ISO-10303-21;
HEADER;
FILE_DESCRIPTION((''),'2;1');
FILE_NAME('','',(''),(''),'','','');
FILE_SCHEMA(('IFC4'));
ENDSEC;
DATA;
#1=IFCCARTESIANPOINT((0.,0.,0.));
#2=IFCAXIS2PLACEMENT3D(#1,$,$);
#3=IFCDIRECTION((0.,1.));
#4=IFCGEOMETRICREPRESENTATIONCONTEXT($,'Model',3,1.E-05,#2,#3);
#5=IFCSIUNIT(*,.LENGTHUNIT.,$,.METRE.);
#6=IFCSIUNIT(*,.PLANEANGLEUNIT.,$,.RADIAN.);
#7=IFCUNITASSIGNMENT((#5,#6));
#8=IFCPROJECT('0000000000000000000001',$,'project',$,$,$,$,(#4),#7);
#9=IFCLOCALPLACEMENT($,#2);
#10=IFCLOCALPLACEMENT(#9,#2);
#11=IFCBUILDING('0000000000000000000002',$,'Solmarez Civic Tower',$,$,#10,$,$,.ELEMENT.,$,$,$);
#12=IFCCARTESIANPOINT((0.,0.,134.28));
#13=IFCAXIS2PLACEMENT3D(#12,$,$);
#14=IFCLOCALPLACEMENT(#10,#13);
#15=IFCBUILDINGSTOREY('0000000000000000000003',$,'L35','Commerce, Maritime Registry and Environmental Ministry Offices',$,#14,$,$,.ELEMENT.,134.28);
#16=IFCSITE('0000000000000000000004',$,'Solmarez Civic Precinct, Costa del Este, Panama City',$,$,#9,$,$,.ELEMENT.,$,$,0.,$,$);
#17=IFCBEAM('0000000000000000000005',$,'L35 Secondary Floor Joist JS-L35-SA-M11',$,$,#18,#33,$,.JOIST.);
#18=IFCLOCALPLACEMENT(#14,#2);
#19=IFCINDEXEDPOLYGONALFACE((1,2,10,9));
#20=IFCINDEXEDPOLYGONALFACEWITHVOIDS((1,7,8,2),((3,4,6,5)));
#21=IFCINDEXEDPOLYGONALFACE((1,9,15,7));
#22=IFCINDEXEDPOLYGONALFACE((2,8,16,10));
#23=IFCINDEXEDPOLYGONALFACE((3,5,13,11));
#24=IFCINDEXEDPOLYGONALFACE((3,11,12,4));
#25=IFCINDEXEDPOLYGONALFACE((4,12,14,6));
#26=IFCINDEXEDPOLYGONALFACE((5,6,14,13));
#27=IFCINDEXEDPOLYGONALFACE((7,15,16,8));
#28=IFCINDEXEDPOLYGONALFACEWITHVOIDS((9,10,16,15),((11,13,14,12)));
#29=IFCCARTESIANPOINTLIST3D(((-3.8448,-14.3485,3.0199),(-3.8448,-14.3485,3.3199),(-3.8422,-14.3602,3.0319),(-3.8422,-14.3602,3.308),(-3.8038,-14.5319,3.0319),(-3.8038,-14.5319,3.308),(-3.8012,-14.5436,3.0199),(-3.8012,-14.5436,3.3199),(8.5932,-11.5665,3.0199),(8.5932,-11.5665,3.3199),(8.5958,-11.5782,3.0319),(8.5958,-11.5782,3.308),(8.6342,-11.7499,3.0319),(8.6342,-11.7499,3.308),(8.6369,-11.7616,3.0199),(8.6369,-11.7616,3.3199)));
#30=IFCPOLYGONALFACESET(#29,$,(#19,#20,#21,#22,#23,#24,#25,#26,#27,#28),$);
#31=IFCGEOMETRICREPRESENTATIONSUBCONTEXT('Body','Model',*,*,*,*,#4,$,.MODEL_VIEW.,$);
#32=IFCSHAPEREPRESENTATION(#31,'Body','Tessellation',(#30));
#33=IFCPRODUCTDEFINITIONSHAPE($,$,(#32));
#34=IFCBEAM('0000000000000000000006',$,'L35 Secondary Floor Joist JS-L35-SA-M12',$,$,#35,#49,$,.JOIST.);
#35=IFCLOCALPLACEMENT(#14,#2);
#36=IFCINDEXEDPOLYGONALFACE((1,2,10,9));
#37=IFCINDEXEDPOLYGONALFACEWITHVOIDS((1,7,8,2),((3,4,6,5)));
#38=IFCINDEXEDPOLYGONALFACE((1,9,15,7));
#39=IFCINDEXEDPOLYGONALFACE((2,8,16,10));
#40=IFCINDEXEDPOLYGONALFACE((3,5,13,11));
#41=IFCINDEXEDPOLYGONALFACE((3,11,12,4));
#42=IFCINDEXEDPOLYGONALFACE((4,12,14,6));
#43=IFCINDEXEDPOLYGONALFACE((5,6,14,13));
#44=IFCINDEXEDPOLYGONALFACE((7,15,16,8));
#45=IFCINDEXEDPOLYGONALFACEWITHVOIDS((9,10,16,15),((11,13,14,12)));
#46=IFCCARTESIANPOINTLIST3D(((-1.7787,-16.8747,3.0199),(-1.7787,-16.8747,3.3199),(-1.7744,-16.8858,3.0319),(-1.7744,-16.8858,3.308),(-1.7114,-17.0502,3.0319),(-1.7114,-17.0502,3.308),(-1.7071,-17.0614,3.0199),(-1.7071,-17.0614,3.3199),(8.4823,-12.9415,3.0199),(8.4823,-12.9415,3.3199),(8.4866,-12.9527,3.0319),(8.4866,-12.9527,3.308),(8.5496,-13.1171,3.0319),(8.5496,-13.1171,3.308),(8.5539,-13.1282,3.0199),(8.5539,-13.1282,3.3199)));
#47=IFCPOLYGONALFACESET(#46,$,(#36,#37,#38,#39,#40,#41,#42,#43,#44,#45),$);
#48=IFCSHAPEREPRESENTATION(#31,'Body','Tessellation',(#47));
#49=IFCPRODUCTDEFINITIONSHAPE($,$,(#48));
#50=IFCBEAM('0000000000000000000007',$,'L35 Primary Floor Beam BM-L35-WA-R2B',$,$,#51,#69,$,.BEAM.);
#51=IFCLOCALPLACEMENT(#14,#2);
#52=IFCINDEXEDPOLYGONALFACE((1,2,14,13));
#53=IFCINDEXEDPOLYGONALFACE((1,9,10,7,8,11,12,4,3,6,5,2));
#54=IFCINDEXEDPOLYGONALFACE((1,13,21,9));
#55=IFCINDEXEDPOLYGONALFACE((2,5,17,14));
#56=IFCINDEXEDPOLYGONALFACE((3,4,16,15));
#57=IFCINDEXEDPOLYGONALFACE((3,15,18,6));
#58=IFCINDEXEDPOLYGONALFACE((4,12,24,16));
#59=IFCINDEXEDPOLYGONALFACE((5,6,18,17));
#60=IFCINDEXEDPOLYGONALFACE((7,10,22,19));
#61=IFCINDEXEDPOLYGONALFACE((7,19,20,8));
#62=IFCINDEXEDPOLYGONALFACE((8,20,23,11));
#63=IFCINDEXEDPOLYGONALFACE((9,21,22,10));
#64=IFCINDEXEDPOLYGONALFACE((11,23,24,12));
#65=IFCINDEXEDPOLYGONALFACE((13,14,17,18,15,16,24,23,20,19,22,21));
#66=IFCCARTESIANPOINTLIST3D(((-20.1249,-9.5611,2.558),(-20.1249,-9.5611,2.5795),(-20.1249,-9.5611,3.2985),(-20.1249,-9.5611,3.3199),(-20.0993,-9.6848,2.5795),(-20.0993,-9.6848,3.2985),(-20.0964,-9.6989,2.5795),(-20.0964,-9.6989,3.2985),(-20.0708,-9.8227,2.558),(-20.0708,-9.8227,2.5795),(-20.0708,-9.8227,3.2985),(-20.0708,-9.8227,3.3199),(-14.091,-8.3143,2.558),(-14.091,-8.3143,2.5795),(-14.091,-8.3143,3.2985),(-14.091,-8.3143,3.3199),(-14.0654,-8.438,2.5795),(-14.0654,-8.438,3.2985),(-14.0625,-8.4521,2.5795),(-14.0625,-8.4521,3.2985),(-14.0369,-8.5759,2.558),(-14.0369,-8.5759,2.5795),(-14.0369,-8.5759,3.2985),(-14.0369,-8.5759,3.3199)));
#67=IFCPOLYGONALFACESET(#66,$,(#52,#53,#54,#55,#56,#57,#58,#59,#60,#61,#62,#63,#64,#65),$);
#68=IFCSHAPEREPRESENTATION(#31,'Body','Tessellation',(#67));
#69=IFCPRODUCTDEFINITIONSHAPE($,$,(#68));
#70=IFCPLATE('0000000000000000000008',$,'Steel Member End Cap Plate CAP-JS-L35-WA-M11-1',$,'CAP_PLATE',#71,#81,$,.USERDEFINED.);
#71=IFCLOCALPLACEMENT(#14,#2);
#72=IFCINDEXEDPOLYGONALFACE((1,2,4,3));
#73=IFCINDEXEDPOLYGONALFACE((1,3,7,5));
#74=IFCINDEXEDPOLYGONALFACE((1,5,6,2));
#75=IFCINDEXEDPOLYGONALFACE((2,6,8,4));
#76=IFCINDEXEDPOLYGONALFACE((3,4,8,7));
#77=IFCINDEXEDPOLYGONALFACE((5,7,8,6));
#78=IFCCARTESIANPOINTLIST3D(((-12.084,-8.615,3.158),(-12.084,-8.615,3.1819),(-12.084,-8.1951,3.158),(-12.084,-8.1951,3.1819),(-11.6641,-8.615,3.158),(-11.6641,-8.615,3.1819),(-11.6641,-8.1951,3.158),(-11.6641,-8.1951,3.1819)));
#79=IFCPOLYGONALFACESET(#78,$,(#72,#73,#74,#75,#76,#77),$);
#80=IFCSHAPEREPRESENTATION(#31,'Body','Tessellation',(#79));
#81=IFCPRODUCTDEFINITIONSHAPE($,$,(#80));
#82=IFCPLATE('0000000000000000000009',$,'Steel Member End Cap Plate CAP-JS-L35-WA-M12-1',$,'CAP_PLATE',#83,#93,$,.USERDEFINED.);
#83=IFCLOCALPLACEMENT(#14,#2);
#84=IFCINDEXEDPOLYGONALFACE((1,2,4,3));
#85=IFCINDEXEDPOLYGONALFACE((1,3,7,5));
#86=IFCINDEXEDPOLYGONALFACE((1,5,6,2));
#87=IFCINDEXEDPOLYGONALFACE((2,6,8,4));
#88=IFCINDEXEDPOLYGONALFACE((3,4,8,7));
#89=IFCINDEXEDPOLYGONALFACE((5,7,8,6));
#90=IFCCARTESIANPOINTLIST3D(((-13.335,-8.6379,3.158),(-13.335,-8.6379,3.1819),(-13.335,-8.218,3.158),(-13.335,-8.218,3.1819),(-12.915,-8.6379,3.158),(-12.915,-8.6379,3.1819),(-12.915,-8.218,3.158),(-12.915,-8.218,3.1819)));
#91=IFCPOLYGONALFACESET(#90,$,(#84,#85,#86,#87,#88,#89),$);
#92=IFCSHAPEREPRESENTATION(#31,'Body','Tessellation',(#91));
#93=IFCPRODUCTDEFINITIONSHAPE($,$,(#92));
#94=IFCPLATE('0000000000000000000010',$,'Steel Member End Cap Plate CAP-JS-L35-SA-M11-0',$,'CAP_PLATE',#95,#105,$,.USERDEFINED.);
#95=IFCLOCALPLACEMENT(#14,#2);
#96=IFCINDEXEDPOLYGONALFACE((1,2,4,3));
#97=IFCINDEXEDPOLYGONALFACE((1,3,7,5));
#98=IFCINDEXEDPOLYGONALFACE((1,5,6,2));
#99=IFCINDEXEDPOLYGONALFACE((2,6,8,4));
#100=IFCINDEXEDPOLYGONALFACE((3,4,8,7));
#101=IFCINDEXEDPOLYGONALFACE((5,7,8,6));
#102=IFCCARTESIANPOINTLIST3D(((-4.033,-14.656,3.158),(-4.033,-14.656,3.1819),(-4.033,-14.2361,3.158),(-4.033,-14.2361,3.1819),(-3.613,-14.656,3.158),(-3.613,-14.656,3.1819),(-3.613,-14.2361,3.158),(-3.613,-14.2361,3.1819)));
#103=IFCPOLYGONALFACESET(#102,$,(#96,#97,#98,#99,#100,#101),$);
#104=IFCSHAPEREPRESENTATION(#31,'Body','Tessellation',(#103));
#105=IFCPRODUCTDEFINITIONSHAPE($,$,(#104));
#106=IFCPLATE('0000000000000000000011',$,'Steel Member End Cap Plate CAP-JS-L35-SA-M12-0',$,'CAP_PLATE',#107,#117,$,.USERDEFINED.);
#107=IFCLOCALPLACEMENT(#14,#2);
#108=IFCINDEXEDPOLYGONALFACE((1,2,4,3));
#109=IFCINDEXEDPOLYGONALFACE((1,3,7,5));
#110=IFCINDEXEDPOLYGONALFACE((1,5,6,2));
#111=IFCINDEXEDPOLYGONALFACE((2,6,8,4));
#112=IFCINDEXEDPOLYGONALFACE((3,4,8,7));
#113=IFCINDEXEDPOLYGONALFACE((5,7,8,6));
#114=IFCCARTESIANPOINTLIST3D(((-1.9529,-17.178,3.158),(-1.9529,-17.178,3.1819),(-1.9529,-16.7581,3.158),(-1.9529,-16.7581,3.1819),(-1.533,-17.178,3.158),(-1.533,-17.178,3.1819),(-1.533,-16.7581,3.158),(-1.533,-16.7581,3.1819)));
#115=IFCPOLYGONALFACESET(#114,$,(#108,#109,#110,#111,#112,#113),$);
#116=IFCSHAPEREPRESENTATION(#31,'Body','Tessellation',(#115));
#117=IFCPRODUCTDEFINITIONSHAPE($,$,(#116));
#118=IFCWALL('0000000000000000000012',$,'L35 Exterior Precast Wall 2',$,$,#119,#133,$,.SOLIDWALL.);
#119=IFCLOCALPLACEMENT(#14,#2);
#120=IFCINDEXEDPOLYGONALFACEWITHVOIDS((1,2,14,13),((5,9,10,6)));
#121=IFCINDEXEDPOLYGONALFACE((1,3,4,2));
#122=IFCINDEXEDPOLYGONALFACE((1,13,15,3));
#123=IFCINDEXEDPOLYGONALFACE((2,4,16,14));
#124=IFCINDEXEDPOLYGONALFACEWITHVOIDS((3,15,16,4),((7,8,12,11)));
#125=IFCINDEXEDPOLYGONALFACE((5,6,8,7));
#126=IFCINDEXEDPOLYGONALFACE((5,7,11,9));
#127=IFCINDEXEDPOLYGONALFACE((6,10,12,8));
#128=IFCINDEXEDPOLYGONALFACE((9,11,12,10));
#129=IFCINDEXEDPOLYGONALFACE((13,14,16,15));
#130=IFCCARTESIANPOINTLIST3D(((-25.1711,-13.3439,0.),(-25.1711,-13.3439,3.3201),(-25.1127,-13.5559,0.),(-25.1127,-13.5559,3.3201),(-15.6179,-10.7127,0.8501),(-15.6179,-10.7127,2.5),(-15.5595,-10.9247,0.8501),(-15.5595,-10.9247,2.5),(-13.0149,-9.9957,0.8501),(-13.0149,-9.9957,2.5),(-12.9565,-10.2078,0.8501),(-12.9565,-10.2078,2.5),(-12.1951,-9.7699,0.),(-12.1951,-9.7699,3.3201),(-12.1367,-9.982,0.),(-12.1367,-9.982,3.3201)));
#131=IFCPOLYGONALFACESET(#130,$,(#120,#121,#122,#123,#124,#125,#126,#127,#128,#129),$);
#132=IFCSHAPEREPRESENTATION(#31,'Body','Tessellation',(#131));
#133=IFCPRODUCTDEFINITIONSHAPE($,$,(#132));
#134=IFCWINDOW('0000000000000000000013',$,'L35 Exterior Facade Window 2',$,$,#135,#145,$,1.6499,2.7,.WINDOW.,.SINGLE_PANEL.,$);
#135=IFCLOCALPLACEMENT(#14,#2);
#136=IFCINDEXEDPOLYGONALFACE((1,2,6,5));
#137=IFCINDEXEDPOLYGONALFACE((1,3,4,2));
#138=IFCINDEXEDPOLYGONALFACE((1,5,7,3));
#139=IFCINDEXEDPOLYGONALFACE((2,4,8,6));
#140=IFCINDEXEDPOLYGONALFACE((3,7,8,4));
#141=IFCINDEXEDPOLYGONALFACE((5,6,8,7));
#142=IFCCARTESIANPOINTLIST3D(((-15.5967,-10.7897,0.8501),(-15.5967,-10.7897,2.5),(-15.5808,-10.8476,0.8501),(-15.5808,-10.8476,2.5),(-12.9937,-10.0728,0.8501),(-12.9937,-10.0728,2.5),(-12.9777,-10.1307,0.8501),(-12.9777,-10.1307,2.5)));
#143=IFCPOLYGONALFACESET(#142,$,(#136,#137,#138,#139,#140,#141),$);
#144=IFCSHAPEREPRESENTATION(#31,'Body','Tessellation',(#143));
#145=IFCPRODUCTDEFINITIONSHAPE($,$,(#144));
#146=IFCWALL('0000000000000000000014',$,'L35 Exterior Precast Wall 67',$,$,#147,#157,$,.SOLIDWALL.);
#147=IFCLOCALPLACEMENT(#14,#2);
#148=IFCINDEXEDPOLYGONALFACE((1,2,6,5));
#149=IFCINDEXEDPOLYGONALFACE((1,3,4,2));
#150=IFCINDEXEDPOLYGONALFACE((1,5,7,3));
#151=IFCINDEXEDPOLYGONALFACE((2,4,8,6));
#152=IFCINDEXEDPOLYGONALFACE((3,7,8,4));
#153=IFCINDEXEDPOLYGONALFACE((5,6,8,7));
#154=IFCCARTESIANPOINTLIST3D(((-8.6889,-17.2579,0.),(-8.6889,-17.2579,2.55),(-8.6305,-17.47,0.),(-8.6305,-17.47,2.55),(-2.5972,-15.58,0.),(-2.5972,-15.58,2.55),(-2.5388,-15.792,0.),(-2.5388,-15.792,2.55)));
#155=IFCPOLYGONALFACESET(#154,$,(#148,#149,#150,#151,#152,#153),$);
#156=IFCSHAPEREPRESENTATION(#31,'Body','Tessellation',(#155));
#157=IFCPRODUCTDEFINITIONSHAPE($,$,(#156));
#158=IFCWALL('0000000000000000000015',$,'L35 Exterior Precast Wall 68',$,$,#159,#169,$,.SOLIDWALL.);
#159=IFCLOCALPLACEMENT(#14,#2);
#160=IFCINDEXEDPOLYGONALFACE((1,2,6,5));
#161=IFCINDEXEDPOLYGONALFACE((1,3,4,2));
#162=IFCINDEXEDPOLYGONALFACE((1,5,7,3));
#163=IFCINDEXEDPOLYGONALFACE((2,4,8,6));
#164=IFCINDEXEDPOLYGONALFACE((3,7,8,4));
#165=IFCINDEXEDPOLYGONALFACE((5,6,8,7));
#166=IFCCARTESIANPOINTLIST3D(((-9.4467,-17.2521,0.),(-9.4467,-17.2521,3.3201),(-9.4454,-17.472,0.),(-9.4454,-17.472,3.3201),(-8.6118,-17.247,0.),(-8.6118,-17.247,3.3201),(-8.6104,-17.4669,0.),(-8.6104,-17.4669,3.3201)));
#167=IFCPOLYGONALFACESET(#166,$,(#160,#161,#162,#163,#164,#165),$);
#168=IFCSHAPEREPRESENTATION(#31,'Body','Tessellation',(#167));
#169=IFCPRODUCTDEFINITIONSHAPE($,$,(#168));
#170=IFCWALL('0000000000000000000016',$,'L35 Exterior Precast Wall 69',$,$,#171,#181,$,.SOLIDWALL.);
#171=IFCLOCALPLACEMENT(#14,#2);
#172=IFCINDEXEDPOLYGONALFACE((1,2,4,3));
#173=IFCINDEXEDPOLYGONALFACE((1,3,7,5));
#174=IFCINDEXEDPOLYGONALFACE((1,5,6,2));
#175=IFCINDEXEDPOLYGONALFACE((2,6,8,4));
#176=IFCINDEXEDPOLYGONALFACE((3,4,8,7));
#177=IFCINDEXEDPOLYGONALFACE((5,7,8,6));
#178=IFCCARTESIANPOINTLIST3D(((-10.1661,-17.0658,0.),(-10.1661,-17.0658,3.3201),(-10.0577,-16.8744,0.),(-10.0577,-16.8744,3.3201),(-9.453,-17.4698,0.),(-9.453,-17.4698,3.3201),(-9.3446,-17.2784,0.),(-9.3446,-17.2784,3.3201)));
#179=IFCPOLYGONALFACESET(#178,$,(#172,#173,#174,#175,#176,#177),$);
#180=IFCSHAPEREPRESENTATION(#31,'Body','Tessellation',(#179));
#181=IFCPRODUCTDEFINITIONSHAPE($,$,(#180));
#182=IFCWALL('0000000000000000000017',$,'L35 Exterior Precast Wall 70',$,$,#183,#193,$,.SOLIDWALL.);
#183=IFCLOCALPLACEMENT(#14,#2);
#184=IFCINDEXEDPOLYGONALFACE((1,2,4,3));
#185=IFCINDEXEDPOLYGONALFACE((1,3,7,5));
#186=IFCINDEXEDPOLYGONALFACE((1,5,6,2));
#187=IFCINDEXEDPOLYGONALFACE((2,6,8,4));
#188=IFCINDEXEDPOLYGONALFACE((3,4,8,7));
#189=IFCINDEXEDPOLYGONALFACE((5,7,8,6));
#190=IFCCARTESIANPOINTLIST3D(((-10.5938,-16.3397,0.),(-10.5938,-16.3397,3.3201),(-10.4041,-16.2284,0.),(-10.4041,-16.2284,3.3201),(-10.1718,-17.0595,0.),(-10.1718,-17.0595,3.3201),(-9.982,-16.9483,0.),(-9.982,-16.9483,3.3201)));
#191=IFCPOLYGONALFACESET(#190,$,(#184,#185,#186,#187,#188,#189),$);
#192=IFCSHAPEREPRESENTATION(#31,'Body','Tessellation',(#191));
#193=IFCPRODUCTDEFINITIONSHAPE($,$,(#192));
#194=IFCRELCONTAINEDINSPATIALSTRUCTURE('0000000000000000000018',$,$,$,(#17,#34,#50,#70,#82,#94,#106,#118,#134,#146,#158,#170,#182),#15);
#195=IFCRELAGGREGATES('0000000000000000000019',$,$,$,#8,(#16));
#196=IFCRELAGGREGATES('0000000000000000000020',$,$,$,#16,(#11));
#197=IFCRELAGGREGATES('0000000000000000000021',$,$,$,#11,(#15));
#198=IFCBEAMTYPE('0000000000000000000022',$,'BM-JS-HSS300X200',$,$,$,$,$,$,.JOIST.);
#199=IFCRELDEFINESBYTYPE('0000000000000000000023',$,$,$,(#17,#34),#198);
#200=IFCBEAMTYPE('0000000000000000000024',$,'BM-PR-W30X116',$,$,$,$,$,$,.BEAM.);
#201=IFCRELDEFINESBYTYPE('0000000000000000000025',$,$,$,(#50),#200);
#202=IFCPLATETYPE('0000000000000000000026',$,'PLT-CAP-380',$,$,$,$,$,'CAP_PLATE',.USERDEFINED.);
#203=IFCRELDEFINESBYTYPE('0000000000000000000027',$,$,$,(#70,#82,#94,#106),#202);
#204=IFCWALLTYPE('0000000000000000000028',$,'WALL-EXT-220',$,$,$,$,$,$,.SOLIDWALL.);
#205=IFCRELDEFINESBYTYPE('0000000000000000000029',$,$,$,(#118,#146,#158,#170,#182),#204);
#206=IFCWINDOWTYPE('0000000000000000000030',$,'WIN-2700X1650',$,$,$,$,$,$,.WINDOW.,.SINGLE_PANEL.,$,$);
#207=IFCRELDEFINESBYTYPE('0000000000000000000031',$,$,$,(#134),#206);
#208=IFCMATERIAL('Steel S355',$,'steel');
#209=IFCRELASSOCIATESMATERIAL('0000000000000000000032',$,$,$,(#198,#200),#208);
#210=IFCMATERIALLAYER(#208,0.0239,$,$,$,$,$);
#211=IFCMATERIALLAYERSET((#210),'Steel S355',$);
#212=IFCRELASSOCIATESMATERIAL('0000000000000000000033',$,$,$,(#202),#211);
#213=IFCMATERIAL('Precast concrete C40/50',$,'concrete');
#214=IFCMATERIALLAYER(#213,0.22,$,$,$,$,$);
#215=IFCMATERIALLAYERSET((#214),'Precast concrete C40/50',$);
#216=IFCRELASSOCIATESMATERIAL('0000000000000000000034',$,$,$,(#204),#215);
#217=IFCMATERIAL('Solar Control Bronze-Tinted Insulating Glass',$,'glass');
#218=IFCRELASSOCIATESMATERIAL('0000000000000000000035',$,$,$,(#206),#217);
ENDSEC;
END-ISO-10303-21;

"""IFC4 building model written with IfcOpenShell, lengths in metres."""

from ifc_helpers import new_model, si_unit, direction, frame, frame_2d, origin, origin_2d, place, context, subcontext, project, spatial, rectangle, hollow_rectangle, i_section, extrude, material, layer, layer_set, material_profile, profile_set, type_object, element, fill, save


model = new_model("IFC4")

# Units and contexts
model_context = context("Model", 3, precision=1e-05, world=origin(), true_north=direction((0.0, 1.0)))
body_context = subcontext(model_context, "Body", "Model", "MODEL_VIEW")
ifc_project = project(units=[si_unit("LENGTHUNIT", "METRE"), si_unit("PLANEANGLEUNIT", "RADIAN")], contexts=[model_context])

# Site, building, storey
site_placement = place(None, origin())
site = spatial("IfcSite", under=ifc_project, at=site_placement, Name="Solmarez Civic Precinct, Costa del Este, Panama City", CompositionType="ELEMENT", RefElevation=0.0)
building_placement = place(site_placement, origin())
building = spatial("IfcBuilding", under=site, at=building_placement, Name="Solmarez Civic Tower", CompositionType="ELEMENT")
storey_placement = place(building_placement, frame((0.0, 0.0, 134.28)))
storey = spatial("IfcBuildingStorey", under=building, at=storey_placement, Name="L35", Description="Commerce, Maritime Registry and Environmental Ministry Offices", CompositionType="ELEMENT", Elevation=134.28)

# Beams
ifc_material_1 = material(Name="Steel S355", Category="steel")
ifc_material_profile_1 = material_profile(ifc_material_1, hollow_rectangle(XDim=0.2, YDim=0.3, WallThickness=0.012, at=origin_2d()), Name="HSS300X200X12")
ifc_profile_set_1 = profile_set([ifc_material_profile_1], Name="Steel S355")
beam_type_1 = type_object("IfcBeamType", Name="BM-JS-HSS300X200", PredefinedType="JOIST", material=ifc_profile_set_1)
beam_1_placement = place(storey_placement, frame((-3.823, -14.446, 3.1699), z_axis=(0.975887, 0.218275, 0.0), x_axis=(-0.218275, 0.975887, 0.0)))
element("IfcBeam", 1, at=beam_1_placement, inside=storey, type_object=beam_type_1, Name="L35 Secondary Floor Joist JS-L35-SA-M11", PredefinedType="JOIST", context=body_context, shape_type="SweptSolid", body=[
    extrude(hollow_rectangle(XDim=0.2, YDim=0.3, WallThickness=0.012, at=origin_2d()), origin(), (0.0, 0.0, 1.0), 12.7454),
])
beam_2_placement = place(storey_placement, frame((-1.7429, -16.968, 3.1699), z_axis=(0.933754, 0.357914, 0.0), x_axis=(-0.357914, 0.933754, 0.0)))
element("IfcBeam", 2, at=beam_2_placement, inside=storey, type_object=beam_type_1, Name="L35 Secondary Floor Joist JS-L35-SA-M12", PredefinedType="JOIST", context=body_context, shape_type="SweptSolid", body=[
    extrude(hollow_rectangle(XDim=0.2, YDim=0.3, WallThickness=0.012, at=origin_2d()), origin(), (0.0, 0.0, 1.0), 10.989),
])
ifc_material_profile_2 = material_profile(ifc_material_1, i_section(OverallWidth=0.2671, OverallDepth=0.762, WebThickness=0.0144, FlangeThickness=0.0215, at=origin_2d()), Name="W30X116")
ifc_profile_set_2 = profile_set([ifc_material_profile_2], Name="Steel S355")
beam_type_2 = type_object("IfcBeamType", Name="BM-PR-W30X116", PredefinedType="BEAM", material=ifc_profile_set_2)
beam_3_placement = place(storey_placement, frame((-14.064, -8.4451, 2.939), z_axis=(-0.979311, -0.202361, 0.0), x_axis=(0.202361, -0.979311, 0.0)))
element("IfcBeam", 3, at=beam_3_placement, inside=storey, type_object=beam_type_2, Name="L35 Primary Floor Beam BM-L35-WA-R2B", PredefinedType="BEAM", context=body_context, shape_type="SweptSolid", body=[
    extrude(i_section(OverallWidth=0.2671, OverallDepth=0.762, WebThickness=0.0144, FlangeThickness=0.0215, at=origin_2d()), origin(), (0.0, 0.0, 1.0), 6.1614),
])

# Plates
ifc_layer_1 = layer(ifc_material_1, 0.0239)
ifc_layer_set_1 = layer_set([ifc_layer_1], Name="Steel S355")
plate_type = type_object("IfcPlateType", Name="PLT-CAP-380", ElementType="CAP_PLATE", PredefinedType="USERDEFINED", material=ifc_layer_set_1)
for number, where, z_axis, x_axis, name in (
    (4, (-11.874, -8.405, 3.158), (0.0, 0.0, 1.0), (1.0, 0.0, 0.0), "Steel Member End Cap Plate CAP-JS-L35-WA-M11-1"),
    (5, (-13.125, -8.428, 3.158), (0.0, 0.0, 1.0), (1.0, 0.0, 0.0), "Steel Member End Cap Plate CAP-JS-L35-WA-M12-1"),
    (6, (-3.823, -14.446, 3.158), (0.0, 0.0, 1.0), (1.0, 0.0, 0.0), "Steel Member End Cap Plate CAP-JS-L35-SA-M11-0"),
    (7, (-1.7429, -16.968, 3.158), (0.0, 0.0, 1.0), (1.0, 0.0, 0.0), "Steel Member End Cap Plate CAP-JS-L35-SA-M12-0"),
):
    element("IfcPlate", number, at=place(storey_placement, frame(where, z_axis=z_axis, x_axis=x_axis)), inside=storey, type_object=plate_type, Name=name, ObjectType="CAP_PLATE", PredefinedType="USERDEFINED", context=body_context, shape_type="SweptSolid", body=[
        extrude(rectangle(XDim=0.4199, YDim=0.4199, at=origin_2d()), origin(), (0.0, 0.0, 1.0), 0.0239),
    ])

# Wall, opening, window
ifc_material_2 = material(Name="Precast concrete C40/50", Category="concrete")
ifc_layer_2 = layer(ifc_material_2, 0.22)
ifc_layer_set_2 = layer_set([ifc_layer_2], Name="Precast concrete C40/50")
wall_type_1 = type_object("IfcWallType", Name="WALL-EXT-220", PredefinedType="SOLIDWALL", material=ifc_layer_set_2)
wall_1_placement = place(storey_placement, frame((-12.166, -9.876, 0.0), z_axis=(0.0, 0.0, 1.0), x_axis=(-0.9641, -0.26554, 0.0)))
wall_1 = element("IfcWall", 8, at=wall_1_placement, inside=storey, type_object=wall_type_1, Name="L35 Exterior Precast Wall 2", PredefinedType="SOLIDWALL", context=body_context, shape_type="SweptSolid", body=[
    extrude(rectangle(XDim=13.4592, YDim=0.22, at=frame_2d((6.7295, 0.0))), origin(), (0.0, 0.0, 1.0), 3.3201),
])
opening_1_placement = place(wall_1_placement, frame((0.8501, 0.0, 0.8501)))
opening_1 = element("IfcOpeningElement", 9, at=opening_1_placement, cuts=wall_1, PredefinedType="OPENING", context=body_context, shape_type="SweptSolid", body=[
    extrude(rectangle(XDim=2.7, YDim=1.6499, at=frame_2d((1.3501, 0.825))), frame((0.0, 0.1199, 0.0), z_axis=(0.0, -1.0, 0.0), x_axis=(1.0, 0.0, 0.0)), (0.0, 0.0, 1.0), 0.24),
])
ifc_material_3 = material(Name="Solar Control Bronze-Tinted Insulating Glass", Category="glass")
window_type = type_object("IfcWindowType", Name="WIN-2700X1650", PartitioningType="SINGLE_PANEL", PredefinedType="WINDOW", material=ifc_material_3)
window_placement = place(opening_1_placement, origin())
window = element("IfcWindow", 10, at=window_placement, inside=storey, type_object=window_type, Name="L35 Exterior Facade Window 2", OverallHeight=1.6499, OverallWidth=2.7, PartitioningType="SINGLE_PANEL", PredefinedType="WINDOW", context=body_context, shape_type="SweptSolid", body=[
    extrude(rectangle(XDim=2.7, YDim=1.6499, at=frame_2d((1.3501, 0.825))), frame((0.0, 0.03, 0.0), z_axis=(0.0, -1.0, 0.0), x_axis=(1.0, 0.0, 0.0)), (0.0, 0.0, 1.0), 0.0601),
])
fill(opening_1, window)

# Walls
wall_2_placement = place(storey_placement, frame((-2.5681, -15.686, 0.0), z_axis=(0.0, 0.0, 1.0), x_axis=(-0.964095, -0.265559, 0.0)))
element("IfcWall", 11, at=wall_2_placement, inside=storey, type_object=wall_type_1, Name="L35 Exterior Precast Wall 67", PredefinedType="SOLIDWALL", context=body_context, shape_type="SweptSolid", body=[
    extrude(rectangle(XDim=6.3186, YDim=0.22, at=frame_2d((3.1592, 0.0))), origin(), (0.0, 0.0, 1.0), 2.55),
])
wall_3_placement = place(storey_placement, frame((-8.6111, -17.3569, 0.0), z_axis=(0.0, 0.0, 1.0), x_axis=(-0.999981, -0.00614, 0.0)))
element("IfcWall", 12, at=wall_3_placement, inside=storey, type_object=wall_type_1, Name="L35 Exterior Precast Wall 68", PredefinedType="SOLIDWALL", context=body_context, shape_type="SweptSolid", body=[
    extrude(rectangle(XDim=0.835, YDim=0.22, at=frame_2d((0.4175, 0.0))), origin(), (0.0, 0.0, 1.0), 3.3201),
])
wall_4_placement = place(storey_placement, frame((-9.3989, -17.374, 0.0), z_axis=(0.0, 0.0, 1.0), x_axis=(-0.870052, 0.49296, 0.0)))
element("IfcWall", 13, at=wall_4_placement, inside=storey, type_object=wall_type_1, Name="L35 Exterior Precast Wall 69", PredefinedType="SOLIDWALL", context=body_context, shape_type="SweptSolid", body=[
    extrude(rectangle(XDim=0.8196, YDim=0.22, at=frame_2d((0.4097, 0.0))), origin(), (0.0, 0.0, 1.0), 3.3201),
])
wall_5_placement = place(storey_placement, frame((-10.0769, -17.0039, 0.0), z_axis=(0.0, 0.0, 1.0), x_axis=(-0.50578, 0.862663, 0.0)))
element("IfcWall", 14, at=wall_5_placement, inside=storey, type_object=wall_type_1, Name="L35 Exterior Precast Wall 70", PredefinedType="SOLIDWALL", context=body_context, shape_type="SweptSolid", body=[
    extrude(rectangle(XDim=0.8345, YDim=0.22, at=frame_2d((0.4172, 0.0))), origin(), (0.0, 0.0, 1.0), 3.3201),
])

save(model, "model.ifc")
